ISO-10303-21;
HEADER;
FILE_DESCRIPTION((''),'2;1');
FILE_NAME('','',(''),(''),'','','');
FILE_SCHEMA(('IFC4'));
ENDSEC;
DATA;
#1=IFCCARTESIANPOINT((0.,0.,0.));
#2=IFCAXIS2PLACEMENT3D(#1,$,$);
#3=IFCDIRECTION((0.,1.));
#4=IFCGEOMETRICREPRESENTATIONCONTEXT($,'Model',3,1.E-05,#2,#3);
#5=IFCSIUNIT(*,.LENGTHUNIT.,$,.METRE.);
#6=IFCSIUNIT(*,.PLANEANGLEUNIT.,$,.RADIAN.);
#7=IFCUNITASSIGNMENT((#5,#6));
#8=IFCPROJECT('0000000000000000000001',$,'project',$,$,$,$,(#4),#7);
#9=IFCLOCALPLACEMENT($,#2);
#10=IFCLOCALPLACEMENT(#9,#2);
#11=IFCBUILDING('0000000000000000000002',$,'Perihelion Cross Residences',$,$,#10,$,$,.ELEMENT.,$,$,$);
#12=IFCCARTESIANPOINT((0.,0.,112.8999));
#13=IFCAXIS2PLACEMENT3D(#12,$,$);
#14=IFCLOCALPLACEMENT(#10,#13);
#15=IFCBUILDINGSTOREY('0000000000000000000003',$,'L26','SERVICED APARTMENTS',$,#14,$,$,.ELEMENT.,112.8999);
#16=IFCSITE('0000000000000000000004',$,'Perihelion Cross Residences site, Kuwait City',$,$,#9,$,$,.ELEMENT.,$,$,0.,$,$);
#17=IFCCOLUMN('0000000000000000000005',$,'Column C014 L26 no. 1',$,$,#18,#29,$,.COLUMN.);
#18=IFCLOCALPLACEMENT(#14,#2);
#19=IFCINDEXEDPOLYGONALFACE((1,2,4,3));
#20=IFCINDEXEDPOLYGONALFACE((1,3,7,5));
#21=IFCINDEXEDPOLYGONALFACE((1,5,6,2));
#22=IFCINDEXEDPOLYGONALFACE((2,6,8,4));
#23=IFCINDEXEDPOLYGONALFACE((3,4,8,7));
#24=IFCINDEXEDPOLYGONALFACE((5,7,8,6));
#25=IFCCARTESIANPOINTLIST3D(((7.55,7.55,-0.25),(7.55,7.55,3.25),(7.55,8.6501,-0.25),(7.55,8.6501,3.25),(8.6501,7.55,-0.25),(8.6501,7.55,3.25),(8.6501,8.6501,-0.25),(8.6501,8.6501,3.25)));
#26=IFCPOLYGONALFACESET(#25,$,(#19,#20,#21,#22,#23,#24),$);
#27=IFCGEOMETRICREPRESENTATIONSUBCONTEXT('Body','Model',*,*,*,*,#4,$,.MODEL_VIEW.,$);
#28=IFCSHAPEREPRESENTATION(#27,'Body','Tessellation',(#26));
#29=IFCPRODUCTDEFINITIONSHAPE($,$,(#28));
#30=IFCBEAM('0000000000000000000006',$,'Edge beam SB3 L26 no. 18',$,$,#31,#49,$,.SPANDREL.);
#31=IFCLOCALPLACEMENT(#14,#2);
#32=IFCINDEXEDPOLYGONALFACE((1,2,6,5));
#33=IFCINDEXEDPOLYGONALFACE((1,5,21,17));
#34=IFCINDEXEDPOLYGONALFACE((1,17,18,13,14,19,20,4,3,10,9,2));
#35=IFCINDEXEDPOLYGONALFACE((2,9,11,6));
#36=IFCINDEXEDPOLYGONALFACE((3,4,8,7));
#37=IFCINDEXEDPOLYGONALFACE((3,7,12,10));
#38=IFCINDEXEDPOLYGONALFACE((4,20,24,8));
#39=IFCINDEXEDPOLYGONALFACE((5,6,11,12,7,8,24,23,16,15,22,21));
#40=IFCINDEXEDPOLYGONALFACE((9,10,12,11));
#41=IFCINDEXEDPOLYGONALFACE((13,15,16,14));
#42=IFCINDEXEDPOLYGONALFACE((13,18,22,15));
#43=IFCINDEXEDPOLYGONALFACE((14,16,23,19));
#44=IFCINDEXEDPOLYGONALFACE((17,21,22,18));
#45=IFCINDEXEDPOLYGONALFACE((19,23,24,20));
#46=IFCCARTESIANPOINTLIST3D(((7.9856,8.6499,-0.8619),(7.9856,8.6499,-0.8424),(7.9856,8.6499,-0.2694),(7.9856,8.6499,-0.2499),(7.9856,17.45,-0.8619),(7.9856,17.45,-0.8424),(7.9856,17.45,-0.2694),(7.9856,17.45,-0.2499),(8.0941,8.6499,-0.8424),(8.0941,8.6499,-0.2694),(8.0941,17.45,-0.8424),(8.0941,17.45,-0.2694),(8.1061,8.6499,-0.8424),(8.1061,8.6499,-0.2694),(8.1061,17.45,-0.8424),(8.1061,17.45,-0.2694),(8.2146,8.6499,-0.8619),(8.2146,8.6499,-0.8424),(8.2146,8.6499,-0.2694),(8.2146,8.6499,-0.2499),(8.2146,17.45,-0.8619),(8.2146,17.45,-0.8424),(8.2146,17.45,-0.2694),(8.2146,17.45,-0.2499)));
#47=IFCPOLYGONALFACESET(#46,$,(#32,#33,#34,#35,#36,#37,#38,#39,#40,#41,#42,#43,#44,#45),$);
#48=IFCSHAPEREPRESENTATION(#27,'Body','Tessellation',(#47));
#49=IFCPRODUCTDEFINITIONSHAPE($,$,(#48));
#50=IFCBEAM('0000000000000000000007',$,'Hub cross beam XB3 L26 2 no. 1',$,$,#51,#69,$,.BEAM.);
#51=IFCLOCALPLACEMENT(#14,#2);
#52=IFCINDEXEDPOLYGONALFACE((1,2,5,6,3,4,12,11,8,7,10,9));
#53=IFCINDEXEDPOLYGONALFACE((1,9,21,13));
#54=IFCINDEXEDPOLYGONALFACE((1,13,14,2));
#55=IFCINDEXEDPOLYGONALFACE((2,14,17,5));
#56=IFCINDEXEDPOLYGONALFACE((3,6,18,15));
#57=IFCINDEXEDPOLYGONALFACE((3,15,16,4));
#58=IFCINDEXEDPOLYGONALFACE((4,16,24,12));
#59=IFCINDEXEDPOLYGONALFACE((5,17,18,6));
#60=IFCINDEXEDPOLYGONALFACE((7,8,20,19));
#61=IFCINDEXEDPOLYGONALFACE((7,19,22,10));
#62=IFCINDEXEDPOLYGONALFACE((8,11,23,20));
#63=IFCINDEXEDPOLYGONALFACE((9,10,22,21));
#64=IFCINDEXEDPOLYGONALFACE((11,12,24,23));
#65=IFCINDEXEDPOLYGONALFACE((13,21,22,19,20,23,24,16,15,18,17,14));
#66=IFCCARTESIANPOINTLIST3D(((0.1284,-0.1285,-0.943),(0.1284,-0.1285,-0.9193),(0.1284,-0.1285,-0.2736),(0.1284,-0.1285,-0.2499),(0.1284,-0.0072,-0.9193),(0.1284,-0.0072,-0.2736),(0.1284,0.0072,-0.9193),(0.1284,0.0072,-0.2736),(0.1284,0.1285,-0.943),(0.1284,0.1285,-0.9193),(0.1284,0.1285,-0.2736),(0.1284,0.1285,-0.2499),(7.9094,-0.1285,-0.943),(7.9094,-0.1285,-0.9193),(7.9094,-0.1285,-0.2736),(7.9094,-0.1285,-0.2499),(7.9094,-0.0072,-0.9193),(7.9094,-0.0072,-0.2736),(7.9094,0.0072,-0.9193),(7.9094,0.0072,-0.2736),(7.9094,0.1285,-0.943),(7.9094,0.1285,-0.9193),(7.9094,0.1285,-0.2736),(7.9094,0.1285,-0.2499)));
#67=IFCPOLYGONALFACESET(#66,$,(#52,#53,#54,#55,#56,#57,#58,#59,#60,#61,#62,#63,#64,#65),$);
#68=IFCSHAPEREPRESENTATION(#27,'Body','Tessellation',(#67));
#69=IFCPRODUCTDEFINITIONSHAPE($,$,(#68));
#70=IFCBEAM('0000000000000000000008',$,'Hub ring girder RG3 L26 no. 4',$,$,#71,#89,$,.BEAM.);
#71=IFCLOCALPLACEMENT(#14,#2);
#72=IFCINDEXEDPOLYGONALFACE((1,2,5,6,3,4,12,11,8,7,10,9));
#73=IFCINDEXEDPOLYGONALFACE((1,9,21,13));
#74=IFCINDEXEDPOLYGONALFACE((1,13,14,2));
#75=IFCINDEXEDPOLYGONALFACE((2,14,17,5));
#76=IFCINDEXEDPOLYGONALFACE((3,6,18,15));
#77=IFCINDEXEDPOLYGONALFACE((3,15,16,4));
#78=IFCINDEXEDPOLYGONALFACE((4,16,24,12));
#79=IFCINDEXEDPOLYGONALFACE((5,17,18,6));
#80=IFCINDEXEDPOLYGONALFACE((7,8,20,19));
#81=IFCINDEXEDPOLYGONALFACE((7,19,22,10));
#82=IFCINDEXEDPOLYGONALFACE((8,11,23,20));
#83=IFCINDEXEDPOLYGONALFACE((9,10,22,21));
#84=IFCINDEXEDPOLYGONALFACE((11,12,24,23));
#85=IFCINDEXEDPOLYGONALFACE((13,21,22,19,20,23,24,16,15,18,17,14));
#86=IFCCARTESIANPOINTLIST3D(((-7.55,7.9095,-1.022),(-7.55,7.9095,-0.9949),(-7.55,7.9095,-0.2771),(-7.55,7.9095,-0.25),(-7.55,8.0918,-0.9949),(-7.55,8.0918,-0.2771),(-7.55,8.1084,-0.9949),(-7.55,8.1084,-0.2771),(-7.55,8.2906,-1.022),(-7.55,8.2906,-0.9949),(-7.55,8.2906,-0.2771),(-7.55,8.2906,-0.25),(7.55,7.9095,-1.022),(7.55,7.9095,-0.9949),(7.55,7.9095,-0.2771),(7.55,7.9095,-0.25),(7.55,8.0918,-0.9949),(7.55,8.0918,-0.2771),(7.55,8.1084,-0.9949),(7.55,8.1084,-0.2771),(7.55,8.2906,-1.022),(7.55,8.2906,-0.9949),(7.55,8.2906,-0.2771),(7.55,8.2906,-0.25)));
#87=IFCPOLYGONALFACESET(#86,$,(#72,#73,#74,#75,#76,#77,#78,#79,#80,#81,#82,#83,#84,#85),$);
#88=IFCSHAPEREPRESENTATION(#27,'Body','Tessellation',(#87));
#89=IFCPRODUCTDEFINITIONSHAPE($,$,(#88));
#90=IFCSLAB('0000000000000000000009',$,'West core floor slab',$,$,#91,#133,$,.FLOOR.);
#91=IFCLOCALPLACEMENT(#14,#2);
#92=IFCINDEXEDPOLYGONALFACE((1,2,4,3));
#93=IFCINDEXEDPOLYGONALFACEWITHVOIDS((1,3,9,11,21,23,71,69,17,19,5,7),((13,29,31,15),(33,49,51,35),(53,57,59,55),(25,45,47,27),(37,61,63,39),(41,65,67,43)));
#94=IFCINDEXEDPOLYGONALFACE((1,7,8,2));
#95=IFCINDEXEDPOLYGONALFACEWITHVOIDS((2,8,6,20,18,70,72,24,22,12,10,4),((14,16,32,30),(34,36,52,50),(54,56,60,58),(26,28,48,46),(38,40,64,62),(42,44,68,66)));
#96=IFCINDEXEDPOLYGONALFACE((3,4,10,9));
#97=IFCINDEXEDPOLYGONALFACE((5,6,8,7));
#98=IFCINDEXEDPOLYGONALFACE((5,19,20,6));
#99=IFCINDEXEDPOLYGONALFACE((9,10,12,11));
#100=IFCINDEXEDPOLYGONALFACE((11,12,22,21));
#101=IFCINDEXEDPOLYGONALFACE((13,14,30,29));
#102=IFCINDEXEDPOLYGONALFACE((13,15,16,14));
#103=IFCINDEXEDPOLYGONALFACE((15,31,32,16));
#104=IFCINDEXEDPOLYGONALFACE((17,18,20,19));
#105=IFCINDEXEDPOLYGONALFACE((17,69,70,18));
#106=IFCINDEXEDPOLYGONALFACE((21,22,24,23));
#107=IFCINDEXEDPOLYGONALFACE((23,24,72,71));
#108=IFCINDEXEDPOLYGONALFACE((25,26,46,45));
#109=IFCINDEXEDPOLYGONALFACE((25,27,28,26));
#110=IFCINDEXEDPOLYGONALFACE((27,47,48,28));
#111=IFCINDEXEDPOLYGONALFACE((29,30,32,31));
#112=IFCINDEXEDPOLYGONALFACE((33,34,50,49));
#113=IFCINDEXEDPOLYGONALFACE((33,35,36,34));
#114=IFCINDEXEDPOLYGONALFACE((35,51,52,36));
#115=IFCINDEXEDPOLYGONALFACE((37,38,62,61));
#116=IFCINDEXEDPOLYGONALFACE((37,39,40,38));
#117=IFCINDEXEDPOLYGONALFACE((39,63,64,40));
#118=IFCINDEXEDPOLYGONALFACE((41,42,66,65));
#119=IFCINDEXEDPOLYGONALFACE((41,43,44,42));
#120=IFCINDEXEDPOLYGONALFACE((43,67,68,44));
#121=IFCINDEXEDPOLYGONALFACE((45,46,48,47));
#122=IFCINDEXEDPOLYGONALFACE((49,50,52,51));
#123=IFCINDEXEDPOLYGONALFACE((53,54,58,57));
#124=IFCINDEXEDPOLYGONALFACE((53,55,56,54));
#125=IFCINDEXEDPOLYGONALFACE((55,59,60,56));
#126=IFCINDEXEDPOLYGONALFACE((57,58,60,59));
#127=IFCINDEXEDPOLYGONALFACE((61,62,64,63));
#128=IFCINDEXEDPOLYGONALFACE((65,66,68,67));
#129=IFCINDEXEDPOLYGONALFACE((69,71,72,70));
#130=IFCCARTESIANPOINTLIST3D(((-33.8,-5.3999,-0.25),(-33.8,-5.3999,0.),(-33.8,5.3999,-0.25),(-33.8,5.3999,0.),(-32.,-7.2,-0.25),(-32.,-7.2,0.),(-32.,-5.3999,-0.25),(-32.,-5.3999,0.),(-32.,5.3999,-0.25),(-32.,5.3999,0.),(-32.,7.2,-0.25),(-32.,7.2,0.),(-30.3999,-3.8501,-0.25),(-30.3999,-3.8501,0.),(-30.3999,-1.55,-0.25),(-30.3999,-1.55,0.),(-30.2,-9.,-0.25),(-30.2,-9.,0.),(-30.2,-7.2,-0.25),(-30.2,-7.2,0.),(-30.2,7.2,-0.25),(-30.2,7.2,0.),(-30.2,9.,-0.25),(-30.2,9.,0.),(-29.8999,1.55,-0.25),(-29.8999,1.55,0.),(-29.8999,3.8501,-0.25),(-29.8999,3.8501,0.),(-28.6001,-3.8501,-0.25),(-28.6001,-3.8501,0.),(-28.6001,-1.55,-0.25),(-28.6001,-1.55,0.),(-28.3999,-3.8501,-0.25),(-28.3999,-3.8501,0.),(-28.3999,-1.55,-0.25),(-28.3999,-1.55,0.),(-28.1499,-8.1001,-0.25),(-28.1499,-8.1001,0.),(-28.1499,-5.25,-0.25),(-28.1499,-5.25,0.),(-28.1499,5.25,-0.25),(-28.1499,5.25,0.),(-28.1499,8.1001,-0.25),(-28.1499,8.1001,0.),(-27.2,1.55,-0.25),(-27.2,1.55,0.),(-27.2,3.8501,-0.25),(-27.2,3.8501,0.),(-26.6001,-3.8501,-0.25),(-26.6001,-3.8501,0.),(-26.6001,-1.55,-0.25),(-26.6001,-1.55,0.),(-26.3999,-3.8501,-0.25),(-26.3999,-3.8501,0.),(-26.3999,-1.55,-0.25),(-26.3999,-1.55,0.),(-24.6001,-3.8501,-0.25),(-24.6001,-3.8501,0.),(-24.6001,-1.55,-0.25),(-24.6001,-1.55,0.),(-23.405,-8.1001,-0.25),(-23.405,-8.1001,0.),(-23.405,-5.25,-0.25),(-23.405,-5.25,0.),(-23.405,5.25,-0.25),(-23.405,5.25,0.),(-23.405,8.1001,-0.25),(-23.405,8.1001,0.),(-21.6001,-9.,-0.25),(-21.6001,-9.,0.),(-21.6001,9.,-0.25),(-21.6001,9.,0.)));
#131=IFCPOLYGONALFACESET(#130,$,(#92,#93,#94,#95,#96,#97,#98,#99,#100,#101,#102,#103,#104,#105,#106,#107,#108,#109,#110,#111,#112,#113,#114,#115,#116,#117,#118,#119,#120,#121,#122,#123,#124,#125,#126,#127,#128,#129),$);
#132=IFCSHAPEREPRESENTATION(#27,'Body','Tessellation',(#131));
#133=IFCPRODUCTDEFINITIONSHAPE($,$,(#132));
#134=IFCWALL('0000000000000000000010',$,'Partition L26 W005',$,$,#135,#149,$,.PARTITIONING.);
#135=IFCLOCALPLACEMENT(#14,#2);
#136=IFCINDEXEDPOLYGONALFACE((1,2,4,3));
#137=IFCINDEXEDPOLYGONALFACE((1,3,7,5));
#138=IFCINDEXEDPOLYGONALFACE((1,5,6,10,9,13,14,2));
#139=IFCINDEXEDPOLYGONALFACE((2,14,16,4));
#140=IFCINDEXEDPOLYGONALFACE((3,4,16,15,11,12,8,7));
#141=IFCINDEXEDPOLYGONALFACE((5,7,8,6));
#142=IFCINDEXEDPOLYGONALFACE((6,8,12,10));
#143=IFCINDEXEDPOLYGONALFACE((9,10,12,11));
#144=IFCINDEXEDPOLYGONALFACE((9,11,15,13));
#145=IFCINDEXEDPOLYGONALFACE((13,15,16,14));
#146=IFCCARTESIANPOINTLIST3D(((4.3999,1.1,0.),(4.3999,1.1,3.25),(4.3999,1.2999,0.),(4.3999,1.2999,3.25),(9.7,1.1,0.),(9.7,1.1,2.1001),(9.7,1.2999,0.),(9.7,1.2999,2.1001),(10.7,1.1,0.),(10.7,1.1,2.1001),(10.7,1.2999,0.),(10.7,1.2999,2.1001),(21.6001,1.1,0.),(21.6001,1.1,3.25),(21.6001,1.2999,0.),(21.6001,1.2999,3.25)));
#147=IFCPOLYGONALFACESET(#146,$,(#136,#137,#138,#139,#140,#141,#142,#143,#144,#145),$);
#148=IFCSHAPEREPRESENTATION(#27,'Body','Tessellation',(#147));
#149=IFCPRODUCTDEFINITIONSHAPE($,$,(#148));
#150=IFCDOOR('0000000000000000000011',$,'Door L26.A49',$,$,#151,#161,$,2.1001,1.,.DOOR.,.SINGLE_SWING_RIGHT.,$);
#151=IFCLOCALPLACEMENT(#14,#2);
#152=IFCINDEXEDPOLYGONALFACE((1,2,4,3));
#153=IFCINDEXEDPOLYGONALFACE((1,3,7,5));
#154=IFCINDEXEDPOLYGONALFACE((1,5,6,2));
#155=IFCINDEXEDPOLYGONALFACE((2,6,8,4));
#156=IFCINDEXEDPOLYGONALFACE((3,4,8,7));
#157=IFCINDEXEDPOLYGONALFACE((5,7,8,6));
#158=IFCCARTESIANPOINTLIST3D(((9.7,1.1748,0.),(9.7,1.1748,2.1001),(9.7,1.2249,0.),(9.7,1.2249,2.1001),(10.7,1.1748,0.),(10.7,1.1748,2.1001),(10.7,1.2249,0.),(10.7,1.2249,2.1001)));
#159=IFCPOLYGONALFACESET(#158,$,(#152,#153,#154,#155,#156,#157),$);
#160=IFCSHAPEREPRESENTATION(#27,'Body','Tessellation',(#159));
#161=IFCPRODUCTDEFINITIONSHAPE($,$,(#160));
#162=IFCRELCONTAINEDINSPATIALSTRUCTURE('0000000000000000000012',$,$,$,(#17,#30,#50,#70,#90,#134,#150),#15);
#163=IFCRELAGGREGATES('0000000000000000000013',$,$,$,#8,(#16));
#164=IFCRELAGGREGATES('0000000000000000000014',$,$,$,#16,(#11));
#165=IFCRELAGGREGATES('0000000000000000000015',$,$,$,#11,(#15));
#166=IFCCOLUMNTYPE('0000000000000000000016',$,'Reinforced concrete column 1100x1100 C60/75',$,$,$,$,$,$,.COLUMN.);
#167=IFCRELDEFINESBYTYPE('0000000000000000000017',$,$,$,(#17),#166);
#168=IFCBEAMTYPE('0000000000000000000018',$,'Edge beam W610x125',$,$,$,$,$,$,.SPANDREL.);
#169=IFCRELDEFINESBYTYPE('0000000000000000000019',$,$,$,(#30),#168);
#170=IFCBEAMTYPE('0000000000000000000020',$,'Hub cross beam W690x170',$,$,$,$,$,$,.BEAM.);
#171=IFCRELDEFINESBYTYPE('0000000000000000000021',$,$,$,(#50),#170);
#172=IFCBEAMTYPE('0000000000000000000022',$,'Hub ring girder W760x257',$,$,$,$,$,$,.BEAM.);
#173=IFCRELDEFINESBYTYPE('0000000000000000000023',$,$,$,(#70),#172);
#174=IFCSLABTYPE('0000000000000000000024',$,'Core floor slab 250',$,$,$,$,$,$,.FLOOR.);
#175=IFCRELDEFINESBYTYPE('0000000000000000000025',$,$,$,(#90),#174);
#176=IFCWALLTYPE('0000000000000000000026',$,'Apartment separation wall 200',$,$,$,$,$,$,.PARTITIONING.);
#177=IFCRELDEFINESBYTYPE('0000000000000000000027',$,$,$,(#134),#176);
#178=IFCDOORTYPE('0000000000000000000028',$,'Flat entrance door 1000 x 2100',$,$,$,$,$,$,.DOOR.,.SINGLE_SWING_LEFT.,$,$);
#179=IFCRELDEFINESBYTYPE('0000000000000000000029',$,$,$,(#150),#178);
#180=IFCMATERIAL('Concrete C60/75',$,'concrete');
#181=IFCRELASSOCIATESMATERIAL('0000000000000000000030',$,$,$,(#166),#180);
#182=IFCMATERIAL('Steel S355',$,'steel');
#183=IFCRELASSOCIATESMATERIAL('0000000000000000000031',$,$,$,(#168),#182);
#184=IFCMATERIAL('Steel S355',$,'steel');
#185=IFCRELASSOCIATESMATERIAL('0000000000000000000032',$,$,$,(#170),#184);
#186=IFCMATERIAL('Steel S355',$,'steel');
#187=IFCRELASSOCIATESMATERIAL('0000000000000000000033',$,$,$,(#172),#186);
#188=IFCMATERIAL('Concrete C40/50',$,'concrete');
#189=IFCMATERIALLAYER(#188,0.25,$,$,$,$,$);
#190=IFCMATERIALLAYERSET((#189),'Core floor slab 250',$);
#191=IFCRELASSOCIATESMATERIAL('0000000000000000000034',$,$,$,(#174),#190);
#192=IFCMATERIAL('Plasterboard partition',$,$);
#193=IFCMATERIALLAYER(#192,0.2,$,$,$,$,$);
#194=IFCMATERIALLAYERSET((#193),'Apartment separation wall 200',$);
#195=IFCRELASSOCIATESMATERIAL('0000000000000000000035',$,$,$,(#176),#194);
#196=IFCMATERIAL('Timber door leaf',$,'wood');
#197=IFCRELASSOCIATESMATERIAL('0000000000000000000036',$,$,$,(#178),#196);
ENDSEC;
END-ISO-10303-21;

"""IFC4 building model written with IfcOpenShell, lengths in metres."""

from ifc_helpers import new_model, si_unit, direction, frame, frame_2d, origin, origin_2d, place, context, subcontext, project, spatial, polyline, rectangle, i_section, outline, extrude, material, layer, layer_set, material_profile, profile_set, type_object, element, fill, save


model = new_model("IFC4")

# Units and contexts
model_context = context("Model", 3, precision=1e-05, world=origin(), true_north=direction((0.0, 1.0)))
body_context = subcontext(model_context, "Body", "Model", "MODEL_VIEW")
ifc_project = project(units=[si_unit("LENGTHUNIT", "METRE"), si_unit("PLANEANGLEUNIT", "RADIAN")], contexts=[model_context])

# Site, building, storey
site_placement = place(None, origin())
site = spatial("IfcSite", under=ifc_project, at=site_placement, Name="Perihelion Cross Residences site, Kuwait City", CompositionType="ELEMENT", RefElevation=0.0)
building_placement = place(site_placement, origin())
building = spatial("IfcBuilding", under=site, at=building_placement, Name="Perihelion Cross Residences", CompositionType="ELEMENT")
storey_placement = place(building_placement, frame((0.0, 0.0, 112.8999)))
storey = spatial("IfcBuildingStorey", under=building, at=storey_placement, Name="L26", Description="SERVICED APARTMENTS", CompositionType="ELEMENT", Elevation=112.8999)

# Column
ifc_material_1 = material(Name="Concrete C60/75", Category="concrete")
ifc_material_profile_1 = material_profile(ifc_material_1, rectangle(XDim=1.1001, YDim=1.1001, at=origin_2d()), Name="RC 1100x1100")
ifc_profile_set_1 = profile_set([ifc_material_profile_1], Name="Concrete C60/75")
column_type = type_object("IfcColumnType", Name="Reinforced concrete column 1100x1100 C60/75", PredefinedType="COLUMN", material=ifc_profile_set_1)
column_placement = place(storey_placement, frame((8.1001, 8.1001, -0.25), z_axis=(0.0, 0.0, 1.0), x_axis=(1.0, 0.0, 0.0)))
element("IfcColumn", 1, at=column_placement, inside=storey, type_object=column_type, Name="Column C014 L26 no. 1", PredefinedType="COLUMN", context=body_context, shape_type="SweptSolid", body=[
    extrude(rectangle(XDim=1.1001, YDim=1.1001, at=origin_2d()), origin(), (0.0, 0.0, 1.0), 3.5),
])

# Beams
ifc_material_2 = material(Name="Steel S355", Category="steel")
ifc_material_profile_2 = material_profile(ifc_material_2, i_section(OverallWidth=0.229, OverallDepth=0.6121, WebThickness=0.012, FlangeThickness=0.0195, at=origin_2d()), Name="W610x125")
ifc_profile_set_2 = profile_set([ifc_material_profile_2], Name="Steel S355")
beam_type_1 = type_object("IfcBeamType", Name="Edge beam W610x125", PredefinedType="SPANDREL", material=ifc_profile_set_2)
beam_1_placement = place(storey_placement, frame((8.1001, 8.6499, -0.5559), z_axis=(0.0, 1.0, 0.0), x_axis=(-1.0, 0.0, 0.0)))
element("IfcBeam", 2, at=beam_1_placement, inside=storey, type_object=beam_type_1, Name="Edge beam SB3 L26 no. 18", PredefinedType="SPANDREL", context=body_context, shape_type="SweptSolid", body=[
    extrude(i_section(OverallWidth=0.229, OverallDepth=0.6121, WebThickness=0.012, FlangeThickness=0.0195, at=origin_2d()), origin(), (0.0, 0.0, 1.0), 8.8),
])
ifc_material_3 = material(Name="Steel S355", Category="steel")
ifc_material_profile_3 = material_profile(ifc_material_3, i_section(OverallWidth=0.2571, OverallDepth=0.6931, WebThickness=0.0144, FlangeThickness=0.0237, at=origin_2d()), Name="W690x170")
ifc_profile_set_3 = profile_set([ifc_material_profile_3], Name="Steel S355")
beam_type_2 = type_object("IfcBeamType", Name="Hub cross beam W690x170", PredefinedType="BEAM", material=ifc_profile_set_3)
beam_2_placement = place(storey_placement, frame((0.1284, 0.0, -0.5964), z_axis=(1.0, 0.0, 0.0), x_axis=(0.0, 1.0, 0.0)))
element("IfcBeam", 3, at=beam_2_placement, inside=storey, type_object=beam_type_2, Name="Hub cross beam XB3 L26 2 no. 1", PredefinedType="BEAM", context=body_context, shape_type="SweptSolid", body=[
    extrude(i_section(OverallWidth=0.2571, OverallDepth=0.6931, WebThickness=0.0144, FlangeThickness=0.0237, at=origin_2d()), origin(), (0.0, 0.0, 1.0), 7.781),
])
ifc_material_4 = material(Name="Steel S355", Category="steel")
ifc_material_profile_4 = material_profile(ifc_material_4, i_section(OverallWidth=0.3811, OverallDepth=0.772, WebThickness=0.0166, FlangeThickness=0.0271, at=origin_2d()), Name="W760x257")
ifc_profile_set_4 = profile_set([ifc_material_profile_4], Name="Steel S355")
beam_type_3 = type_object("IfcBeamType", Name="Hub ring girder W760x257", PredefinedType="BEAM", material=ifc_profile_set_4)
beam_3_placement = place(storey_placement, frame((7.55, 8.1001, -0.636), z_axis=(-1.0, 0.0, 0.0), x_axis=(0.0, -1.0, 0.0)))
element("IfcBeam", 4, at=beam_3_placement, inside=storey, type_object=beam_type_3, Name="Hub ring girder RG3 L26 no. 4", PredefinedType="BEAM", context=body_context, shape_type="SweptSolid", body=[
    extrude(i_section(OverallWidth=0.3811, OverallDepth=0.772, WebThickness=0.0166, FlangeThickness=0.0271, at=origin_2d()), origin(), (0.0, 0.0, 1.0), 15.1001),
])

# Slab
ifc_material_5 = material(Name="Concrete C40/50", Category="concrete")
ifc_layer_1 = layer(ifc_material_5, 0.25)
ifc_layer_set_1 = layer_set([ifc_layer_1], Name="Core floor slab 250")
slab_type = type_object("IfcSlabType", Name="Core floor slab 250", PredefinedType="FLOOR", material=ifc_layer_set_1)
slab_placement = place(storey_placement, frame((0.0, 0.0, -0.25)))
element("IfcSlab", 5, at=slab_placement, inside=storey, type_object=slab_type, Name="West core floor slab", PredefinedType="FLOOR", context=body_context, shape_type="SweptSolid", body=[
    extrude(outline(polyline([(-30.2, 7.2), (-32.0, 7.2), (-32.0, 5.3999), (-33.8, 5.3999), (-33.8, -5.3999), (-32.0, -5.3999), (-32.0, -7.2), (-30.2, -7.2), (-30.2, -9.0), (-21.6001, -9.0), (-21.6001, 9.0), (-30.2, 9.0), (-30.2, 7.2)]), holes=[polyline([(-28.1499, -8.1001), (-28.1499, -5.25), (-23.405, -5.25), (-23.405, -8.1001), (-28.1499, -8.1001)]), polyline([(-24.6001, -1.55), (-24.6001, -3.8501), (-26.3999, -3.8501), (-26.3999, -1.55), (-24.6001, -1.55)]), polyline([(-26.6001, -1.55), (-26.6001, -3.8501), (-28.3999, -3.8501), (-28.3999, -1.55), (-26.6001, -1.55)]), polyline([(-28.6001, -3.8501), (-30.3999, -3.8501), (-30.3999, -1.55), (-28.6001, -1.55), (-28.6001, -3.8501)]), polyline([(-27.2, 3.8501), (-27.2, 1.55), (-29.8999, 1.55), (-29.8999, 3.8501), (-27.2, 3.8501)]), polyline([(-23.405, 5.25), (-28.1499, 5.25), (-28.1499, 8.1001), (-23.405, 8.1001), (-23.405, 5.25)])]), origin(), (0.0, 0.0, 1.0), 0.25),
])

# Wall, opening, door
ifc_material_6 = material(Name="Plasterboard partition")
ifc_layer_2 = layer(ifc_material_6, 0.2)
ifc_layer_set_2 = layer_set([ifc_layer_2], Name="Apartment separation wall 200")
wall_type_1 = type_object("IfcWallType", Name="Apartment separation wall 200", PredefinedType="PARTITIONING", material=ifc_layer_set_2)
wall_1_placement = place(storey_placement, frame((4.3999, 1.2, 0.0), z_axis=(0.0, 0.0, 1.0), x_axis=(1.0, 0.0, 0.0)))
wall_1 = element("IfcWall", 6, at=wall_1_placement, inside=storey, type_object=wall_type_1, Name="Partition L26 W005", PredefinedType="PARTITIONING", context=body_context, shape_type="SweptSolid", body=[
    extrude(rectangle(XDim=17.2002, YDim=0.2, at=frame_2d((8.6001, 0.0))), origin(), (0.0, 0.0, 1.0), 3.25),
])
opening_1_placement = place(wall_1_placement, frame((5.3, 0.0, 0.0)))
opening_1 = element("IfcOpeningElement", 7, at=opening_1_placement, cuts=wall_1, PredefinedType="OPENING", context=body_context, shape_type="SweptSolid", body=[
    extrude(rectangle(XDim=1.0, YDim=2.1001, at=frame_2d((0.5, 1.05))), frame((0.0, 0.1099, 0.0), z_axis=(0.0, -1.0, 0.0), x_axis=(1.0, 0.0, 0.0)), (0.0, 0.0, 1.0), 0.22),
])
ifc_material_7 = material(Name="Timber door leaf", Category="wood")
door_type_1 = type_object("IfcDoorType", Name="Flat entrance door 1000 x 2100", OperationType="SINGLE_SWING_LEFT", PredefinedType="DOOR", material=ifc_material_7)
door_1_placement = place(opening_1_placement, origin())
door_1 = element("IfcDoor", 8, at=door_1_placement, inside=storey, type_object=door_type_1, Name="Door L26.A49", OperationType="SINGLE_SWING_RIGHT", OverallHeight=2.1001, OverallWidth=1.0, PredefinedType="DOOR", context=body_context, shape_type="SweptSolid", body=[
    extrude(rectangle(XDim=1.0, YDim=2.1001, at=frame_2d((0.5, 1.05))), frame((0.0, 0.0249, 0.0), z_axis=(0.0, -1.0, 0.0), x_axis=(1.0, 0.0, 0.0)), (0.0, 0.0, 1.0), 0.05),
])
fill(opening_1, door_1)

save(model, "model.ifc")
